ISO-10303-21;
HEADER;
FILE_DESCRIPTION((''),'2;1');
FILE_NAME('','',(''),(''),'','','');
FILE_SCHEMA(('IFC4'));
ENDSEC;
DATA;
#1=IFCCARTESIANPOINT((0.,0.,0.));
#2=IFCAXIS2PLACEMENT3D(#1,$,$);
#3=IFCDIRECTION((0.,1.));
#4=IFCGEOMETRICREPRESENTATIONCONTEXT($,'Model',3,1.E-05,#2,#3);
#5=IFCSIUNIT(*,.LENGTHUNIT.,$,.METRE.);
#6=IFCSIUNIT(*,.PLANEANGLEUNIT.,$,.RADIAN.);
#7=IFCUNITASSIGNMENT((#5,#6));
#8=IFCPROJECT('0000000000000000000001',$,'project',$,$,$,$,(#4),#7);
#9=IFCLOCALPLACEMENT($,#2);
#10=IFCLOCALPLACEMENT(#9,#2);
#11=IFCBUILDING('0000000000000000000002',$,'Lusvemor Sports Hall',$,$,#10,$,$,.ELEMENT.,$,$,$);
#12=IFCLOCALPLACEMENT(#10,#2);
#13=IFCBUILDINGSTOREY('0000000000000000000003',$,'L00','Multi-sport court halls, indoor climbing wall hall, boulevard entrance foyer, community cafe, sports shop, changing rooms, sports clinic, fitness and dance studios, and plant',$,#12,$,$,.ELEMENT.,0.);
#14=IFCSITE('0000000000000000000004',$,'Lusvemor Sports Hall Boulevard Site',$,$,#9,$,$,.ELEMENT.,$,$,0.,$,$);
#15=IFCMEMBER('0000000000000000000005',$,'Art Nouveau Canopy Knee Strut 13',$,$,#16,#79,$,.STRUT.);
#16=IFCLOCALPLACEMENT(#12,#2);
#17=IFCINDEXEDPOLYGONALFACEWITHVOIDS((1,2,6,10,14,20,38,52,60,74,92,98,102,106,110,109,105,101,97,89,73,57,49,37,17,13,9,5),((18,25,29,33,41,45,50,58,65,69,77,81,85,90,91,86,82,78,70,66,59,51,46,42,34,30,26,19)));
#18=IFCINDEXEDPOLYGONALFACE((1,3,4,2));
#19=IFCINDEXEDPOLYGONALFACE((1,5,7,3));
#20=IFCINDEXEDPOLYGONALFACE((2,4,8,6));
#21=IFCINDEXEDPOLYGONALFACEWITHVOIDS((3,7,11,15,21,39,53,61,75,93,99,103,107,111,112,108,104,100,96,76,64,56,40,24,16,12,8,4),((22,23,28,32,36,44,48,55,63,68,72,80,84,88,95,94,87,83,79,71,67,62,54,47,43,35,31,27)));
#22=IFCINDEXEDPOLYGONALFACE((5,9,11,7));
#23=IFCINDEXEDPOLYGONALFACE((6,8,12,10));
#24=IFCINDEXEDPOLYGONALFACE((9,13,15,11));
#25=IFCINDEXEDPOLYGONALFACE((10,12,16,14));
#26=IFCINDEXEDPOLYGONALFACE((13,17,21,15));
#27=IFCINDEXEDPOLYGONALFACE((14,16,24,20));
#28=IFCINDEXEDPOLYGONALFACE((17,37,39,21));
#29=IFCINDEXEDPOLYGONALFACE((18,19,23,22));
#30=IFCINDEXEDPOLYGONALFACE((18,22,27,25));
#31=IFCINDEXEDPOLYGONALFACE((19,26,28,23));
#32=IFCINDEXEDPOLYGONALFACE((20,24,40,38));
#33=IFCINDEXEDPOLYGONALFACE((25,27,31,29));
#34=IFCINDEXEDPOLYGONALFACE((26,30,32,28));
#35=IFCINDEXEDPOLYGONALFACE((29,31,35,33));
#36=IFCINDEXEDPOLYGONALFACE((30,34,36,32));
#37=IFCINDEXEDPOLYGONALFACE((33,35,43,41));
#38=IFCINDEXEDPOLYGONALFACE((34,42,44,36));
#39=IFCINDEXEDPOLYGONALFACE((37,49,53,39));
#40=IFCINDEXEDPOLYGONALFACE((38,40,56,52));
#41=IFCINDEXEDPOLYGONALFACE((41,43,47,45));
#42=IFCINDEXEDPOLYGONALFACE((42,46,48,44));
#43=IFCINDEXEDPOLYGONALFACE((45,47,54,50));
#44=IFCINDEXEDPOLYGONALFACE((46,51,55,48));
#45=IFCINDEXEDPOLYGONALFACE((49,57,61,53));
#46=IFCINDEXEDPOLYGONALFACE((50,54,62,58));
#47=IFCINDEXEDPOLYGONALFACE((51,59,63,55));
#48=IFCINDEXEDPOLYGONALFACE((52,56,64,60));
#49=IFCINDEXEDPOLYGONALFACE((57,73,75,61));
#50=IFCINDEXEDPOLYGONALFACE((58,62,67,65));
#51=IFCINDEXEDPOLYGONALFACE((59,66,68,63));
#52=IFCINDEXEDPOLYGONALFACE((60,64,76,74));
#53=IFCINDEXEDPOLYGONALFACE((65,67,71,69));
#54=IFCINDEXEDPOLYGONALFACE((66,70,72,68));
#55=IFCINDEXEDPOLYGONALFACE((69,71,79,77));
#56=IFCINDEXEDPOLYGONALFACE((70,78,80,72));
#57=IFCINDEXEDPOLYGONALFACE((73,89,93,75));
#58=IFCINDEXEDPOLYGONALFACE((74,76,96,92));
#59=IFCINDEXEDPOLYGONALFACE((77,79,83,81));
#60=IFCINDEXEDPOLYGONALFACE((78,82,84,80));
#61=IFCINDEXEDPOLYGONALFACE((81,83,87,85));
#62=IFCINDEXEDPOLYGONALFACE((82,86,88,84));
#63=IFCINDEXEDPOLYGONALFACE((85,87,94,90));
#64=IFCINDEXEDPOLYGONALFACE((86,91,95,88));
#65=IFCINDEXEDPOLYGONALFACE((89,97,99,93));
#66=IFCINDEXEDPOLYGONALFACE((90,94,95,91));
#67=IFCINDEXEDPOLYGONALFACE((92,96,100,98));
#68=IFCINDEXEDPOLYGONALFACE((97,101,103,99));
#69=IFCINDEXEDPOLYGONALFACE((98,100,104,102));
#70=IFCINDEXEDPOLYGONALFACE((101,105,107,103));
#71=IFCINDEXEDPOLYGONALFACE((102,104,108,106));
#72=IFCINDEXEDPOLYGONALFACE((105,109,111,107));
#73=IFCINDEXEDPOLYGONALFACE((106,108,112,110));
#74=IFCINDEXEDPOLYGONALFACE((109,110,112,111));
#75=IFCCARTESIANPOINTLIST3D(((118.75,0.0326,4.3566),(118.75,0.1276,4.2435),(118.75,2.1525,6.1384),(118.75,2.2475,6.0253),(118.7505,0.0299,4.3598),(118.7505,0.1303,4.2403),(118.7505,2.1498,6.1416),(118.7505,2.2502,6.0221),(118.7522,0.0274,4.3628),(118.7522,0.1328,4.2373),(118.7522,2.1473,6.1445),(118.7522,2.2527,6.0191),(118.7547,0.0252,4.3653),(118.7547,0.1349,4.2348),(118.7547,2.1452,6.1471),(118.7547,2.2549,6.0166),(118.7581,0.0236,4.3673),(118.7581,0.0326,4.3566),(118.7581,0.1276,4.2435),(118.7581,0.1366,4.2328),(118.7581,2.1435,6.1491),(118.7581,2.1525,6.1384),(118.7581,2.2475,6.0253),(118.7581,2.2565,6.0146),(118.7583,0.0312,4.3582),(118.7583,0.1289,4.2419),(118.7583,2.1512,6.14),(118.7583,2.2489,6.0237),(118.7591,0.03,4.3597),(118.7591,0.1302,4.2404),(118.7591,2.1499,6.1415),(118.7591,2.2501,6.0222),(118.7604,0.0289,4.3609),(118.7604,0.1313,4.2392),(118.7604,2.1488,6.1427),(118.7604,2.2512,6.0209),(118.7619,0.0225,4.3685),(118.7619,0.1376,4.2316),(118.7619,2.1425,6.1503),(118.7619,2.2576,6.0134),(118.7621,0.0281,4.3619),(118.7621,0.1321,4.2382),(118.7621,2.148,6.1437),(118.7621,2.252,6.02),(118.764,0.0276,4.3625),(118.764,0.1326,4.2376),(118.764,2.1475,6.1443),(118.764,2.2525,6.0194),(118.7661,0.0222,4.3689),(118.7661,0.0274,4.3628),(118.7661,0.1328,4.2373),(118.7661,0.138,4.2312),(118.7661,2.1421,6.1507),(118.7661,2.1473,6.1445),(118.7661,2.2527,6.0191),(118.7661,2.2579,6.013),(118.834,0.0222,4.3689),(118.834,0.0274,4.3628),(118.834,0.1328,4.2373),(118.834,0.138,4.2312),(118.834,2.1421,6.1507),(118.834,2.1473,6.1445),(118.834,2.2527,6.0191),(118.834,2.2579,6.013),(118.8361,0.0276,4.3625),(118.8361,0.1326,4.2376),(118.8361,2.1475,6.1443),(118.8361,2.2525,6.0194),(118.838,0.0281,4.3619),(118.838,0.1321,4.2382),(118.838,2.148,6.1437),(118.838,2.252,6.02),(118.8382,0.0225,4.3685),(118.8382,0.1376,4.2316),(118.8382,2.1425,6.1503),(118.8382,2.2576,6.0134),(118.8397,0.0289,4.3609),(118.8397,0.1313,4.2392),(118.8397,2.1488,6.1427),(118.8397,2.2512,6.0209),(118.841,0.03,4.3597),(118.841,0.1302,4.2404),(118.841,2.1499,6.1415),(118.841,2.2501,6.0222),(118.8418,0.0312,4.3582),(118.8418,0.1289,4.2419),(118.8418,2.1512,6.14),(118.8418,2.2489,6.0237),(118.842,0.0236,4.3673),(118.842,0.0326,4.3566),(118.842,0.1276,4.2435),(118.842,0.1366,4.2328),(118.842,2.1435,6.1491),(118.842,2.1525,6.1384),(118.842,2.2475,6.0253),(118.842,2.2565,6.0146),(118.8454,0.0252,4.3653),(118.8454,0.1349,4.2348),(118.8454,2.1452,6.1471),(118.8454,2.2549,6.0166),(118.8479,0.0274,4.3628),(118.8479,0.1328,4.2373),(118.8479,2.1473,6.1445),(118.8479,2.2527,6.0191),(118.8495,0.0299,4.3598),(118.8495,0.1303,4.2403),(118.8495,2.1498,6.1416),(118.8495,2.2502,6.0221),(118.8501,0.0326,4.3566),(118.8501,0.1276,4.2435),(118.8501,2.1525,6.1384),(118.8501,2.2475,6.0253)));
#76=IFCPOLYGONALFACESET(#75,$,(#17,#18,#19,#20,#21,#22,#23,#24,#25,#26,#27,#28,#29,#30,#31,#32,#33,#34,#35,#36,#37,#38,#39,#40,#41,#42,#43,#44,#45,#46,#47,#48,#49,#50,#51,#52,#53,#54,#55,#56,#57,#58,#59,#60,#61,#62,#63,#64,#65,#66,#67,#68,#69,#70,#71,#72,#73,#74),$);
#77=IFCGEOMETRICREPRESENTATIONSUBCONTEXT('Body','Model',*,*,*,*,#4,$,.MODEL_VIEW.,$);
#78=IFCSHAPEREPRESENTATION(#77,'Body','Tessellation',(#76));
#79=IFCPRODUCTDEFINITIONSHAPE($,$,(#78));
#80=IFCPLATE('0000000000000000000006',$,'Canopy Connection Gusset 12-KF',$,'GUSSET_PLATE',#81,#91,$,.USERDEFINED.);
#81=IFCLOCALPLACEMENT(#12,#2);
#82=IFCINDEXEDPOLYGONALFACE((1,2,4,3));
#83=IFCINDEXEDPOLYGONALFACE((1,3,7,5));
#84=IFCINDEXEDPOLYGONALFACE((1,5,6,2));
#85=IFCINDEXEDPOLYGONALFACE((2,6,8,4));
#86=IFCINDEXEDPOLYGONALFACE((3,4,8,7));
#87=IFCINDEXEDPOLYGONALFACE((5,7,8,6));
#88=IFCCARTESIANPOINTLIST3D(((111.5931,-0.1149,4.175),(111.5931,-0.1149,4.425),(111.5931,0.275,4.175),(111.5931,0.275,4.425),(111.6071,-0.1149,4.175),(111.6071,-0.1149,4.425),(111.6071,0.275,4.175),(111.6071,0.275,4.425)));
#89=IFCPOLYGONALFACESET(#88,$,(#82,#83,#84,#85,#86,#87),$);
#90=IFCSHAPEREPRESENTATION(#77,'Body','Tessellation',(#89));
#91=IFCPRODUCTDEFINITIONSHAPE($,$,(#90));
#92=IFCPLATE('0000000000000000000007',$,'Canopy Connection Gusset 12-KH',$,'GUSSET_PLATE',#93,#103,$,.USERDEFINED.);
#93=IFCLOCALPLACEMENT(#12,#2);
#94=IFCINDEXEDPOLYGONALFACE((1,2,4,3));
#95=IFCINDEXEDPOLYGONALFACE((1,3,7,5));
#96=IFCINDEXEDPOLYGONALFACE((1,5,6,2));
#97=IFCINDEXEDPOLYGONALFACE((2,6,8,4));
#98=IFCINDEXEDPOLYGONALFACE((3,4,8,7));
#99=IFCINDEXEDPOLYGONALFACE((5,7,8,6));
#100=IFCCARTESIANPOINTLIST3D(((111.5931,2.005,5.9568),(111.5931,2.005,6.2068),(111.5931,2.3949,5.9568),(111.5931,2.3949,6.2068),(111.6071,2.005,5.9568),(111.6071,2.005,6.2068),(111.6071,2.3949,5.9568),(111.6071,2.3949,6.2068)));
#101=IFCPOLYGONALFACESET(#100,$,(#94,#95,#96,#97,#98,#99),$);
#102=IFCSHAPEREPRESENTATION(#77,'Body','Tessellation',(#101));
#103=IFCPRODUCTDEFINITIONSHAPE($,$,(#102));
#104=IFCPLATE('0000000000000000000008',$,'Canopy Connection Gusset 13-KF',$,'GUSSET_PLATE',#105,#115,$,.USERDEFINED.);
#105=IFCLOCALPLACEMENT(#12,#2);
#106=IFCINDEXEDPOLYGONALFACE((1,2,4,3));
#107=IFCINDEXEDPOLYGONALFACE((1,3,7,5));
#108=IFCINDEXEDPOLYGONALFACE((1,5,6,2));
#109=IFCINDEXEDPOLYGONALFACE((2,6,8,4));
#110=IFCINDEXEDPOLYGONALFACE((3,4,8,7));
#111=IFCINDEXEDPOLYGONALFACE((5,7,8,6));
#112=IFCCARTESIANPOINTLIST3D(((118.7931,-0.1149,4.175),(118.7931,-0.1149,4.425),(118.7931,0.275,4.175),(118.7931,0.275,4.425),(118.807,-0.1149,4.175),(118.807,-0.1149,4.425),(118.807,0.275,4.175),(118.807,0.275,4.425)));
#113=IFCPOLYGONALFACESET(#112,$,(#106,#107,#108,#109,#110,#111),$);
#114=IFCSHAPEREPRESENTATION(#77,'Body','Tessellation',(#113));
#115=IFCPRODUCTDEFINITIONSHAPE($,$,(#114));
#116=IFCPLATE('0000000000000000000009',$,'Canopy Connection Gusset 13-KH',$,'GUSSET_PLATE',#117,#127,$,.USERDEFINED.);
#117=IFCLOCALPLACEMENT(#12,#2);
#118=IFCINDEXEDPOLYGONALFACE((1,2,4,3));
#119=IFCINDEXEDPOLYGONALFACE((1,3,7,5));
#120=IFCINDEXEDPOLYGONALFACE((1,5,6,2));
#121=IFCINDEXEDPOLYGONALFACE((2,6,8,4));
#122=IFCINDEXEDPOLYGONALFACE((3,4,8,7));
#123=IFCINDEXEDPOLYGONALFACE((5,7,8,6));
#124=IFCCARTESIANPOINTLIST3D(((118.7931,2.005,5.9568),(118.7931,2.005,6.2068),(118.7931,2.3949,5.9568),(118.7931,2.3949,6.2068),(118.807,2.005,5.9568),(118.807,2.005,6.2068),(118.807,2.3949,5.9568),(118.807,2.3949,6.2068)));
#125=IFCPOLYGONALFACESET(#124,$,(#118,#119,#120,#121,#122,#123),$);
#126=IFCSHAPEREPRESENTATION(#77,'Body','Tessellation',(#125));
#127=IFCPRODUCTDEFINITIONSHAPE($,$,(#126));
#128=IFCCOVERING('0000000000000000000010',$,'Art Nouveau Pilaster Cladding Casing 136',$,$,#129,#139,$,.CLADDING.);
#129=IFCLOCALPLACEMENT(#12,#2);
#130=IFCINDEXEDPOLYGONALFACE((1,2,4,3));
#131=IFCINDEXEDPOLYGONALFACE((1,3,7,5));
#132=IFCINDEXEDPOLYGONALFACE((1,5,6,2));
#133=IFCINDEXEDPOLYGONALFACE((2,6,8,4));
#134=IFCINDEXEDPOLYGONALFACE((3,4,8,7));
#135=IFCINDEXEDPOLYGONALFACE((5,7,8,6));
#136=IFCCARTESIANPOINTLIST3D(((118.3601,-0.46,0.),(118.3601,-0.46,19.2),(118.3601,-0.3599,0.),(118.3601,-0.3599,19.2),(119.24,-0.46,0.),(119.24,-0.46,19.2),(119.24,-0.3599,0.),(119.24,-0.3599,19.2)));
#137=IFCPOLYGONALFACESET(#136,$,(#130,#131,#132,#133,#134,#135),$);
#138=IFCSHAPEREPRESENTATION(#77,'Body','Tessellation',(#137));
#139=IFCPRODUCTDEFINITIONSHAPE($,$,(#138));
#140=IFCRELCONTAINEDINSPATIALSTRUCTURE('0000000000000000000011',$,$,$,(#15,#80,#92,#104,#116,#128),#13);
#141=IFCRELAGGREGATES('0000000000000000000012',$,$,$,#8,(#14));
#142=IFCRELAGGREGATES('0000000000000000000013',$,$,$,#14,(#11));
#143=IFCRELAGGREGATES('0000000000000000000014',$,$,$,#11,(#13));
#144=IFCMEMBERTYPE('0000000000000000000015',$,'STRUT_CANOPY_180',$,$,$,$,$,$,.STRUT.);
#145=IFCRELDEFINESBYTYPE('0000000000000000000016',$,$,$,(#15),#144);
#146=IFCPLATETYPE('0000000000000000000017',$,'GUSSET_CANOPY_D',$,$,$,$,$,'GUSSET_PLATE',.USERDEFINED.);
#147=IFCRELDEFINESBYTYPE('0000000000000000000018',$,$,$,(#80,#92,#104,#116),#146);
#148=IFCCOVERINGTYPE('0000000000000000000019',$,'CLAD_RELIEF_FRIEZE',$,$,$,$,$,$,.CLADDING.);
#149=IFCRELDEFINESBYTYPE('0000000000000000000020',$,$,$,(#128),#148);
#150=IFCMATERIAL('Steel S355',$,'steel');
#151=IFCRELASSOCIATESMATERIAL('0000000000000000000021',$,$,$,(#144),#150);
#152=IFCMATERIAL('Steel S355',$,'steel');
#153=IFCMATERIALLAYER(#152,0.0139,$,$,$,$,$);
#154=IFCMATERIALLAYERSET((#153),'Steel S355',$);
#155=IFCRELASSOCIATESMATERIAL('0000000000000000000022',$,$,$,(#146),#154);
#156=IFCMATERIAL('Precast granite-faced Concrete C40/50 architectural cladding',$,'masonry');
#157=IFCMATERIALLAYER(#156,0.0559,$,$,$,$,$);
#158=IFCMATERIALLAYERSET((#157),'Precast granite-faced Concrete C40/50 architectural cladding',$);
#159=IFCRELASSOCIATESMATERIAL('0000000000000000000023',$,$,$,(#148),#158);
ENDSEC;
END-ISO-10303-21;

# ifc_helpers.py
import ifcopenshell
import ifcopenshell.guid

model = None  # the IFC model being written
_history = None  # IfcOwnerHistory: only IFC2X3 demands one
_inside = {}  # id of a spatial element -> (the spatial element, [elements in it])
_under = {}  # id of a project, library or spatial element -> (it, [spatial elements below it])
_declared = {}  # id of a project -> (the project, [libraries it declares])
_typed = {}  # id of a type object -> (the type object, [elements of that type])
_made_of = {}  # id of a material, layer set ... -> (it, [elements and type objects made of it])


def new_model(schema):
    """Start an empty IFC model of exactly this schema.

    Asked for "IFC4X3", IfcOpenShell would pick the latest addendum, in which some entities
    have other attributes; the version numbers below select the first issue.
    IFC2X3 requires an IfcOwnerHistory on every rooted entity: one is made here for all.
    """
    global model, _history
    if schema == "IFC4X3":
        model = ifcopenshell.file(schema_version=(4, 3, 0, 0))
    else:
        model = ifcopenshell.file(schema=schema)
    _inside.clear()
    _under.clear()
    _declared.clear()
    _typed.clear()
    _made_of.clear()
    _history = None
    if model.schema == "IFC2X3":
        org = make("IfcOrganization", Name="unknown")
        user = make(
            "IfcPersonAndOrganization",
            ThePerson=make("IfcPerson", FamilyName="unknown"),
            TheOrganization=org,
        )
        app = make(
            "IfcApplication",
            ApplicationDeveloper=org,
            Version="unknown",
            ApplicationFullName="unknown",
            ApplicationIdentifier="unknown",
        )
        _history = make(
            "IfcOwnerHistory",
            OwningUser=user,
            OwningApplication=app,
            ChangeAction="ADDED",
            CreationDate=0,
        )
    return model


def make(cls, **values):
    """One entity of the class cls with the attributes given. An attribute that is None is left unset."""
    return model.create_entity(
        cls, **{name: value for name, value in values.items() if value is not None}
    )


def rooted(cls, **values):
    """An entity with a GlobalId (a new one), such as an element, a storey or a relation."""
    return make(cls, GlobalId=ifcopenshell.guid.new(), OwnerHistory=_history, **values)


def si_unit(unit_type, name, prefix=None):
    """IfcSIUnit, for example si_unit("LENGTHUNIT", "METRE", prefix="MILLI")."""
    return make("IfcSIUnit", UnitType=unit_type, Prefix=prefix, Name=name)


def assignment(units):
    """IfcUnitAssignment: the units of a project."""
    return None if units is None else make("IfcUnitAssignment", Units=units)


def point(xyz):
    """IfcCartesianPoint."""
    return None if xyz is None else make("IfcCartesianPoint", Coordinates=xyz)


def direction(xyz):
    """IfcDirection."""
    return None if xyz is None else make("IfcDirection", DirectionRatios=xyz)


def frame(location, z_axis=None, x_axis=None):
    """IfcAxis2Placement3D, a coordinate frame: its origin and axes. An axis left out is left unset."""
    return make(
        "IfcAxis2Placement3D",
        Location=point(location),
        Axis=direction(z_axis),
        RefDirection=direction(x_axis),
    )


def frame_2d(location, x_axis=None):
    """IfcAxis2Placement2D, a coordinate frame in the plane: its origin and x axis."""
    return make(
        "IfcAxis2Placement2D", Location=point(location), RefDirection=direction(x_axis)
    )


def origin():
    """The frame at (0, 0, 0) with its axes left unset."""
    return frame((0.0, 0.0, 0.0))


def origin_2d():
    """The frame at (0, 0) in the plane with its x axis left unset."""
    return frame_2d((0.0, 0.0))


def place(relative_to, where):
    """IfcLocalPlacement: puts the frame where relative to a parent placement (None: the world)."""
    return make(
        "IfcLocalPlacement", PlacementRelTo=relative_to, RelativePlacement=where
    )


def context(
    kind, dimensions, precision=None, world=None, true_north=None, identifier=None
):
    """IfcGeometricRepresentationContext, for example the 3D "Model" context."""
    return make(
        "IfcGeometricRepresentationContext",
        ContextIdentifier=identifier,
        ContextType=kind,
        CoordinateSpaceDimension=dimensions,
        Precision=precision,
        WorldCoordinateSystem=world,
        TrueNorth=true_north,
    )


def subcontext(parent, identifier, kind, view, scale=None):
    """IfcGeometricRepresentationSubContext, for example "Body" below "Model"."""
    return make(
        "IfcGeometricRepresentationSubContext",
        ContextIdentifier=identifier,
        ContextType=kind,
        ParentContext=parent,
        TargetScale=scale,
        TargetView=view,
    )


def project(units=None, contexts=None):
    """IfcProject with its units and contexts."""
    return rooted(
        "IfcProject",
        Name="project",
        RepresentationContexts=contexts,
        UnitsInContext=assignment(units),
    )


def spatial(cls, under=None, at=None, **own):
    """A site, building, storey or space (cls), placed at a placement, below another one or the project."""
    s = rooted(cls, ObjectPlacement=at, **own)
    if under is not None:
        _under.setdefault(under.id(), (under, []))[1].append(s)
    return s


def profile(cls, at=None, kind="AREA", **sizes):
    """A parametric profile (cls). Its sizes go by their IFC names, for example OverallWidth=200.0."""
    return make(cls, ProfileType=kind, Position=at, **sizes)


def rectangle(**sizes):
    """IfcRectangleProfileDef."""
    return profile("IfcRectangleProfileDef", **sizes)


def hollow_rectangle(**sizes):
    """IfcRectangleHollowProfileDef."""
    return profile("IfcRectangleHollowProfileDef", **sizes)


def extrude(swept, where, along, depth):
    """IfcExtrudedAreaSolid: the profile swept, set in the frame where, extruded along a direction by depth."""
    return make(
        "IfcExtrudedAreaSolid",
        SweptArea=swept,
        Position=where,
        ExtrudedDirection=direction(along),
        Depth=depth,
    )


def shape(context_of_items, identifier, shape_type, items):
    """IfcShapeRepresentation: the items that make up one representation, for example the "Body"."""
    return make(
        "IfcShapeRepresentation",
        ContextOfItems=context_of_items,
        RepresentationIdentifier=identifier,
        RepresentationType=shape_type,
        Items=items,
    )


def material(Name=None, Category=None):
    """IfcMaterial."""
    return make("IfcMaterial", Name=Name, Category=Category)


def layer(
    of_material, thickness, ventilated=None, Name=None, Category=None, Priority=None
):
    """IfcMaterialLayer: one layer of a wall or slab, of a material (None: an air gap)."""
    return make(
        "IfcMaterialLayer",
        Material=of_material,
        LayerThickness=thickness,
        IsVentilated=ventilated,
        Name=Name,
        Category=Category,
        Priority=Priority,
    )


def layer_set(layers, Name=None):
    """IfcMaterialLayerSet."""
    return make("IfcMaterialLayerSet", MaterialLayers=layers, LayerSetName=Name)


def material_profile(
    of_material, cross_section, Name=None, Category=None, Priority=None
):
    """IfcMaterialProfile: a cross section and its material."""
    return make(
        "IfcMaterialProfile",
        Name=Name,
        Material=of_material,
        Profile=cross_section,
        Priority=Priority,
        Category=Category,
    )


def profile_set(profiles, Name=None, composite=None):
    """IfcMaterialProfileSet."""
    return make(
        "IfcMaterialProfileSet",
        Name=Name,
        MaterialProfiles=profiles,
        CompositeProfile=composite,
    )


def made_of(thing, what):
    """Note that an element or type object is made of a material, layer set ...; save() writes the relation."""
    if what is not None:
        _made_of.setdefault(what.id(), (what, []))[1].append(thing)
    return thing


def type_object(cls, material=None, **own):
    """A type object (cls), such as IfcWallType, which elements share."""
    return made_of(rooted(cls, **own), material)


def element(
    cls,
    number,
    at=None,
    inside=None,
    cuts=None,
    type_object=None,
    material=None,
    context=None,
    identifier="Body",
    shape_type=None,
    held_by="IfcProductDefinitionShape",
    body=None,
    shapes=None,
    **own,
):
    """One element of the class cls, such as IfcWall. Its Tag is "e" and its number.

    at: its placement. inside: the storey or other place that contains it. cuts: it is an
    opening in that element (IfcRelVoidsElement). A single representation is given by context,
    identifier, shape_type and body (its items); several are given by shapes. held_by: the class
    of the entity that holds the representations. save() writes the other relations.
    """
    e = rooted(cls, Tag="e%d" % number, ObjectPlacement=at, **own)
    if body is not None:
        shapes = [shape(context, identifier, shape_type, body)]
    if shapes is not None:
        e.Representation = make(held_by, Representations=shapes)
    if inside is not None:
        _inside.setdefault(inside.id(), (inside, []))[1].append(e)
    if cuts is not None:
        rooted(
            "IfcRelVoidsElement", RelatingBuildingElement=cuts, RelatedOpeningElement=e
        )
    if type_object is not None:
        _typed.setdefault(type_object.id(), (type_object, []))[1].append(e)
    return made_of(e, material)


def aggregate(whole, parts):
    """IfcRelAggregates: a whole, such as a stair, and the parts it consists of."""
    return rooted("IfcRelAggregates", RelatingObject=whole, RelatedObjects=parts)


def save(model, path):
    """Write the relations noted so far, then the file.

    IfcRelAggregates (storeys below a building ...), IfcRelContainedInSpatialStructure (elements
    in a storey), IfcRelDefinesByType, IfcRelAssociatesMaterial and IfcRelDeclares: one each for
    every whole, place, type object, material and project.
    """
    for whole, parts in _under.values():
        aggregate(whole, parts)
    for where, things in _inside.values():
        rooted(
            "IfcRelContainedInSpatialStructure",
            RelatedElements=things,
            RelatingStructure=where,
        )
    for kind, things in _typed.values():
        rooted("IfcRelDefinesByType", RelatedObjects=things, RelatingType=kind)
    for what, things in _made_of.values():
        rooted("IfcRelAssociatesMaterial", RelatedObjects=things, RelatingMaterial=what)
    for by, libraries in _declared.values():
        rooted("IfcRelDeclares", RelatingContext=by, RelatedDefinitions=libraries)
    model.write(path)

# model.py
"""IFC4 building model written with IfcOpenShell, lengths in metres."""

from ifc_helpers import new_model, si_unit, direction, frame, origin, origin_2d, place, context, subcontext, project, spatial, rectangle, hollow_rectangle, extrude, material, layer, layer_set, material_profile, profile_set, type_object, element, save


model = new_model("IFC4")

# Units and contexts
model_context = context("Model", 3, precision=1e-05, world=origin(), true_north=direction((0.0, 1.0)))
body_context = subcontext(model_context, "Body", "Model", "MODEL_VIEW")
ifc_project = project(units=[si_unit("LENGTHUNIT", "METRE"), si_unit("PLANEANGLEUNIT", "RADIAN")], contexts=[model_context])

# Site, building, storey
site_placement = place(None, origin())
site = spatial("IfcSite", under=ifc_project, at=site_placement, Name="Lusvemor Sports Hall Boulevard Site", CompositionType="ELEMENT", RefElevation=0.0)
building_placement = place(site_placement, origin())
building = spatial("IfcBuilding", under=site, at=building_placement, Name="Lusvemor Sports Hall", CompositionType="ELEMENT")
storey_placement = place(building_placement, origin())
storey = spatial("IfcBuildingStorey", under=building, at=storey_placement, Name="L00", Description="Multi-sport court halls, indoor climbing wall hall, boulevard entrance foyer, community cafe, sports shop, changing rooms, sports clinic, fitness and dance studios, and plant", CompositionType="ELEMENT", Elevation=0.0)

# Member
ifc_material_1 = material(Name="Steel S355", Category="steel")
ifc_material_profile_1 = material_profile(ifc_material_1, hollow_rectangle(XDim=0.1001, YDim=0.1799, WallThickness=0.0081, InnerFilletRadius=0.0081, OuterFilletRadius=0.0161, at=origin_2d()), Name="RHS180x100x8")
ifc_profile_set_1 = profile_set([ifc_material_profile_1], Name="Steel S355")
member_type = type_object("IfcMemberType", Name="STRUT_CANOPY_180", PredefinedType="STRUT", material=ifc_profile_set_1)
for number, where, z_axis, x_axis, name in (
    (1, (118.8, 0.0801, 4.3), (0.0, 0.765519, 0.643413), (-1.0, 0.0, 0.0), "Art Nouveau Canopy Knee Strut 13"),
):
    element("IfcMember", number, at=place(storey_placement, frame(where, z_axis=z_axis, x_axis=x_axis)), inside=storey, type_object=member_type, Name=name, PredefinedType="STRUT", context=body_context, shape_type="SweptSolid", body=[
        extrude(hollow_rectangle(XDim=0.1001, YDim=0.1799, WallThickness=0.0081, InnerFilletRadius=0.0081, OuterFilletRadius=0.0161, at=origin_2d()), origin(), (0.0, 0.0, 1.0), 2.7693),
    ])

# Plates
ifc_material_2 = material(Name="Steel S355", Category="steel")
ifc_layer_1 = layer(ifc_material_2, 0.0139)
ifc_layer_set_1 = layer_set([ifc_layer_1], Name="Steel S355")
plate_type = type_object("IfcPlateType", Name="GUSSET_CANOPY_D", ElementType="GUSSET_PLATE", PredefinedType="USERDEFINED", material=ifc_layer_set_1)
for number, where, z_axis, x_axis, name in (
    (2, (111.6001, 0.0801, 4.175), (0.0, 0.0, 1.0), (1.0, 0.0, 0.0), "Canopy Connection Gusset 12-KF"),
    (3, (111.6001, 2.2, 5.9568), (0.0, 0.0, 1.0), (1.0, 0.0, 0.0), "Canopy Connection Gusset 12-KH"),
    (4, (118.8, 0.0801, 4.175), (0.0, 0.0, 1.0), (1.0, 0.0, 0.0), "Canopy Connection Gusset 13-KF"),
    (5, (118.8, 2.2, 5.9568), (0.0, 0.0, 1.0), (1.0, 0.0, 0.0), "Canopy Connection Gusset 13-KH"),
):
    element("IfcPlate", number, at=place(storey_placement, frame(where, z_axis=z_axis, x_axis=x_axis)), inside=storey, type_object=plate_type, Name=name, ObjectType="GUSSET_PLATE", PredefinedType="USERDEFINED", context=body_context, shape_type="SweptSolid", body=[
        extrude(rectangle(XDim=0.0139, YDim=0.3899, at=origin_2d()), origin(), (0.0, 0.0, 1.0), 0.25),
    ])

# Covering
ifc_material_3 = material(Name="Precast granite-faced Concrete C40/50 architectural cladding", Category="masonry")
ifc_layer_2 = layer(ifc_material_3, 0.0559)
ifc_layer_set_2 = layer_set([ifc_layer_2], Name="Precast granite-faced Concrete C40/50 architectural cladding")
covering_type = type_object("IfcCoveringType", Name="CLAD_RELIEF_FRIEZE", PredefinedType="CLADDING", material=ifc_layer_set_2)
covering_placement = place(storey_placement, frame((118.8, -0.4099, 0.0), z_axis=(0.0, 0.0, 1.0), x_axis=(1.0, 0.0, 0.0)))
element("IfcCovering", 6, at=covering_placement, inside=storey, type_object=covering_type, Name="Art Nouveau Pilaster Cladding Casing 136", PredefinedType="CLADDING", context=body_context, shape_type="SweptSolid", body=[
    extrude(rectangle(XDim=0.8799, YDim=0.1001, at=origin_2d()), origin(), (0.0, 0.0, 1.0), 19.2),
])

save(model, "model.ifc")
